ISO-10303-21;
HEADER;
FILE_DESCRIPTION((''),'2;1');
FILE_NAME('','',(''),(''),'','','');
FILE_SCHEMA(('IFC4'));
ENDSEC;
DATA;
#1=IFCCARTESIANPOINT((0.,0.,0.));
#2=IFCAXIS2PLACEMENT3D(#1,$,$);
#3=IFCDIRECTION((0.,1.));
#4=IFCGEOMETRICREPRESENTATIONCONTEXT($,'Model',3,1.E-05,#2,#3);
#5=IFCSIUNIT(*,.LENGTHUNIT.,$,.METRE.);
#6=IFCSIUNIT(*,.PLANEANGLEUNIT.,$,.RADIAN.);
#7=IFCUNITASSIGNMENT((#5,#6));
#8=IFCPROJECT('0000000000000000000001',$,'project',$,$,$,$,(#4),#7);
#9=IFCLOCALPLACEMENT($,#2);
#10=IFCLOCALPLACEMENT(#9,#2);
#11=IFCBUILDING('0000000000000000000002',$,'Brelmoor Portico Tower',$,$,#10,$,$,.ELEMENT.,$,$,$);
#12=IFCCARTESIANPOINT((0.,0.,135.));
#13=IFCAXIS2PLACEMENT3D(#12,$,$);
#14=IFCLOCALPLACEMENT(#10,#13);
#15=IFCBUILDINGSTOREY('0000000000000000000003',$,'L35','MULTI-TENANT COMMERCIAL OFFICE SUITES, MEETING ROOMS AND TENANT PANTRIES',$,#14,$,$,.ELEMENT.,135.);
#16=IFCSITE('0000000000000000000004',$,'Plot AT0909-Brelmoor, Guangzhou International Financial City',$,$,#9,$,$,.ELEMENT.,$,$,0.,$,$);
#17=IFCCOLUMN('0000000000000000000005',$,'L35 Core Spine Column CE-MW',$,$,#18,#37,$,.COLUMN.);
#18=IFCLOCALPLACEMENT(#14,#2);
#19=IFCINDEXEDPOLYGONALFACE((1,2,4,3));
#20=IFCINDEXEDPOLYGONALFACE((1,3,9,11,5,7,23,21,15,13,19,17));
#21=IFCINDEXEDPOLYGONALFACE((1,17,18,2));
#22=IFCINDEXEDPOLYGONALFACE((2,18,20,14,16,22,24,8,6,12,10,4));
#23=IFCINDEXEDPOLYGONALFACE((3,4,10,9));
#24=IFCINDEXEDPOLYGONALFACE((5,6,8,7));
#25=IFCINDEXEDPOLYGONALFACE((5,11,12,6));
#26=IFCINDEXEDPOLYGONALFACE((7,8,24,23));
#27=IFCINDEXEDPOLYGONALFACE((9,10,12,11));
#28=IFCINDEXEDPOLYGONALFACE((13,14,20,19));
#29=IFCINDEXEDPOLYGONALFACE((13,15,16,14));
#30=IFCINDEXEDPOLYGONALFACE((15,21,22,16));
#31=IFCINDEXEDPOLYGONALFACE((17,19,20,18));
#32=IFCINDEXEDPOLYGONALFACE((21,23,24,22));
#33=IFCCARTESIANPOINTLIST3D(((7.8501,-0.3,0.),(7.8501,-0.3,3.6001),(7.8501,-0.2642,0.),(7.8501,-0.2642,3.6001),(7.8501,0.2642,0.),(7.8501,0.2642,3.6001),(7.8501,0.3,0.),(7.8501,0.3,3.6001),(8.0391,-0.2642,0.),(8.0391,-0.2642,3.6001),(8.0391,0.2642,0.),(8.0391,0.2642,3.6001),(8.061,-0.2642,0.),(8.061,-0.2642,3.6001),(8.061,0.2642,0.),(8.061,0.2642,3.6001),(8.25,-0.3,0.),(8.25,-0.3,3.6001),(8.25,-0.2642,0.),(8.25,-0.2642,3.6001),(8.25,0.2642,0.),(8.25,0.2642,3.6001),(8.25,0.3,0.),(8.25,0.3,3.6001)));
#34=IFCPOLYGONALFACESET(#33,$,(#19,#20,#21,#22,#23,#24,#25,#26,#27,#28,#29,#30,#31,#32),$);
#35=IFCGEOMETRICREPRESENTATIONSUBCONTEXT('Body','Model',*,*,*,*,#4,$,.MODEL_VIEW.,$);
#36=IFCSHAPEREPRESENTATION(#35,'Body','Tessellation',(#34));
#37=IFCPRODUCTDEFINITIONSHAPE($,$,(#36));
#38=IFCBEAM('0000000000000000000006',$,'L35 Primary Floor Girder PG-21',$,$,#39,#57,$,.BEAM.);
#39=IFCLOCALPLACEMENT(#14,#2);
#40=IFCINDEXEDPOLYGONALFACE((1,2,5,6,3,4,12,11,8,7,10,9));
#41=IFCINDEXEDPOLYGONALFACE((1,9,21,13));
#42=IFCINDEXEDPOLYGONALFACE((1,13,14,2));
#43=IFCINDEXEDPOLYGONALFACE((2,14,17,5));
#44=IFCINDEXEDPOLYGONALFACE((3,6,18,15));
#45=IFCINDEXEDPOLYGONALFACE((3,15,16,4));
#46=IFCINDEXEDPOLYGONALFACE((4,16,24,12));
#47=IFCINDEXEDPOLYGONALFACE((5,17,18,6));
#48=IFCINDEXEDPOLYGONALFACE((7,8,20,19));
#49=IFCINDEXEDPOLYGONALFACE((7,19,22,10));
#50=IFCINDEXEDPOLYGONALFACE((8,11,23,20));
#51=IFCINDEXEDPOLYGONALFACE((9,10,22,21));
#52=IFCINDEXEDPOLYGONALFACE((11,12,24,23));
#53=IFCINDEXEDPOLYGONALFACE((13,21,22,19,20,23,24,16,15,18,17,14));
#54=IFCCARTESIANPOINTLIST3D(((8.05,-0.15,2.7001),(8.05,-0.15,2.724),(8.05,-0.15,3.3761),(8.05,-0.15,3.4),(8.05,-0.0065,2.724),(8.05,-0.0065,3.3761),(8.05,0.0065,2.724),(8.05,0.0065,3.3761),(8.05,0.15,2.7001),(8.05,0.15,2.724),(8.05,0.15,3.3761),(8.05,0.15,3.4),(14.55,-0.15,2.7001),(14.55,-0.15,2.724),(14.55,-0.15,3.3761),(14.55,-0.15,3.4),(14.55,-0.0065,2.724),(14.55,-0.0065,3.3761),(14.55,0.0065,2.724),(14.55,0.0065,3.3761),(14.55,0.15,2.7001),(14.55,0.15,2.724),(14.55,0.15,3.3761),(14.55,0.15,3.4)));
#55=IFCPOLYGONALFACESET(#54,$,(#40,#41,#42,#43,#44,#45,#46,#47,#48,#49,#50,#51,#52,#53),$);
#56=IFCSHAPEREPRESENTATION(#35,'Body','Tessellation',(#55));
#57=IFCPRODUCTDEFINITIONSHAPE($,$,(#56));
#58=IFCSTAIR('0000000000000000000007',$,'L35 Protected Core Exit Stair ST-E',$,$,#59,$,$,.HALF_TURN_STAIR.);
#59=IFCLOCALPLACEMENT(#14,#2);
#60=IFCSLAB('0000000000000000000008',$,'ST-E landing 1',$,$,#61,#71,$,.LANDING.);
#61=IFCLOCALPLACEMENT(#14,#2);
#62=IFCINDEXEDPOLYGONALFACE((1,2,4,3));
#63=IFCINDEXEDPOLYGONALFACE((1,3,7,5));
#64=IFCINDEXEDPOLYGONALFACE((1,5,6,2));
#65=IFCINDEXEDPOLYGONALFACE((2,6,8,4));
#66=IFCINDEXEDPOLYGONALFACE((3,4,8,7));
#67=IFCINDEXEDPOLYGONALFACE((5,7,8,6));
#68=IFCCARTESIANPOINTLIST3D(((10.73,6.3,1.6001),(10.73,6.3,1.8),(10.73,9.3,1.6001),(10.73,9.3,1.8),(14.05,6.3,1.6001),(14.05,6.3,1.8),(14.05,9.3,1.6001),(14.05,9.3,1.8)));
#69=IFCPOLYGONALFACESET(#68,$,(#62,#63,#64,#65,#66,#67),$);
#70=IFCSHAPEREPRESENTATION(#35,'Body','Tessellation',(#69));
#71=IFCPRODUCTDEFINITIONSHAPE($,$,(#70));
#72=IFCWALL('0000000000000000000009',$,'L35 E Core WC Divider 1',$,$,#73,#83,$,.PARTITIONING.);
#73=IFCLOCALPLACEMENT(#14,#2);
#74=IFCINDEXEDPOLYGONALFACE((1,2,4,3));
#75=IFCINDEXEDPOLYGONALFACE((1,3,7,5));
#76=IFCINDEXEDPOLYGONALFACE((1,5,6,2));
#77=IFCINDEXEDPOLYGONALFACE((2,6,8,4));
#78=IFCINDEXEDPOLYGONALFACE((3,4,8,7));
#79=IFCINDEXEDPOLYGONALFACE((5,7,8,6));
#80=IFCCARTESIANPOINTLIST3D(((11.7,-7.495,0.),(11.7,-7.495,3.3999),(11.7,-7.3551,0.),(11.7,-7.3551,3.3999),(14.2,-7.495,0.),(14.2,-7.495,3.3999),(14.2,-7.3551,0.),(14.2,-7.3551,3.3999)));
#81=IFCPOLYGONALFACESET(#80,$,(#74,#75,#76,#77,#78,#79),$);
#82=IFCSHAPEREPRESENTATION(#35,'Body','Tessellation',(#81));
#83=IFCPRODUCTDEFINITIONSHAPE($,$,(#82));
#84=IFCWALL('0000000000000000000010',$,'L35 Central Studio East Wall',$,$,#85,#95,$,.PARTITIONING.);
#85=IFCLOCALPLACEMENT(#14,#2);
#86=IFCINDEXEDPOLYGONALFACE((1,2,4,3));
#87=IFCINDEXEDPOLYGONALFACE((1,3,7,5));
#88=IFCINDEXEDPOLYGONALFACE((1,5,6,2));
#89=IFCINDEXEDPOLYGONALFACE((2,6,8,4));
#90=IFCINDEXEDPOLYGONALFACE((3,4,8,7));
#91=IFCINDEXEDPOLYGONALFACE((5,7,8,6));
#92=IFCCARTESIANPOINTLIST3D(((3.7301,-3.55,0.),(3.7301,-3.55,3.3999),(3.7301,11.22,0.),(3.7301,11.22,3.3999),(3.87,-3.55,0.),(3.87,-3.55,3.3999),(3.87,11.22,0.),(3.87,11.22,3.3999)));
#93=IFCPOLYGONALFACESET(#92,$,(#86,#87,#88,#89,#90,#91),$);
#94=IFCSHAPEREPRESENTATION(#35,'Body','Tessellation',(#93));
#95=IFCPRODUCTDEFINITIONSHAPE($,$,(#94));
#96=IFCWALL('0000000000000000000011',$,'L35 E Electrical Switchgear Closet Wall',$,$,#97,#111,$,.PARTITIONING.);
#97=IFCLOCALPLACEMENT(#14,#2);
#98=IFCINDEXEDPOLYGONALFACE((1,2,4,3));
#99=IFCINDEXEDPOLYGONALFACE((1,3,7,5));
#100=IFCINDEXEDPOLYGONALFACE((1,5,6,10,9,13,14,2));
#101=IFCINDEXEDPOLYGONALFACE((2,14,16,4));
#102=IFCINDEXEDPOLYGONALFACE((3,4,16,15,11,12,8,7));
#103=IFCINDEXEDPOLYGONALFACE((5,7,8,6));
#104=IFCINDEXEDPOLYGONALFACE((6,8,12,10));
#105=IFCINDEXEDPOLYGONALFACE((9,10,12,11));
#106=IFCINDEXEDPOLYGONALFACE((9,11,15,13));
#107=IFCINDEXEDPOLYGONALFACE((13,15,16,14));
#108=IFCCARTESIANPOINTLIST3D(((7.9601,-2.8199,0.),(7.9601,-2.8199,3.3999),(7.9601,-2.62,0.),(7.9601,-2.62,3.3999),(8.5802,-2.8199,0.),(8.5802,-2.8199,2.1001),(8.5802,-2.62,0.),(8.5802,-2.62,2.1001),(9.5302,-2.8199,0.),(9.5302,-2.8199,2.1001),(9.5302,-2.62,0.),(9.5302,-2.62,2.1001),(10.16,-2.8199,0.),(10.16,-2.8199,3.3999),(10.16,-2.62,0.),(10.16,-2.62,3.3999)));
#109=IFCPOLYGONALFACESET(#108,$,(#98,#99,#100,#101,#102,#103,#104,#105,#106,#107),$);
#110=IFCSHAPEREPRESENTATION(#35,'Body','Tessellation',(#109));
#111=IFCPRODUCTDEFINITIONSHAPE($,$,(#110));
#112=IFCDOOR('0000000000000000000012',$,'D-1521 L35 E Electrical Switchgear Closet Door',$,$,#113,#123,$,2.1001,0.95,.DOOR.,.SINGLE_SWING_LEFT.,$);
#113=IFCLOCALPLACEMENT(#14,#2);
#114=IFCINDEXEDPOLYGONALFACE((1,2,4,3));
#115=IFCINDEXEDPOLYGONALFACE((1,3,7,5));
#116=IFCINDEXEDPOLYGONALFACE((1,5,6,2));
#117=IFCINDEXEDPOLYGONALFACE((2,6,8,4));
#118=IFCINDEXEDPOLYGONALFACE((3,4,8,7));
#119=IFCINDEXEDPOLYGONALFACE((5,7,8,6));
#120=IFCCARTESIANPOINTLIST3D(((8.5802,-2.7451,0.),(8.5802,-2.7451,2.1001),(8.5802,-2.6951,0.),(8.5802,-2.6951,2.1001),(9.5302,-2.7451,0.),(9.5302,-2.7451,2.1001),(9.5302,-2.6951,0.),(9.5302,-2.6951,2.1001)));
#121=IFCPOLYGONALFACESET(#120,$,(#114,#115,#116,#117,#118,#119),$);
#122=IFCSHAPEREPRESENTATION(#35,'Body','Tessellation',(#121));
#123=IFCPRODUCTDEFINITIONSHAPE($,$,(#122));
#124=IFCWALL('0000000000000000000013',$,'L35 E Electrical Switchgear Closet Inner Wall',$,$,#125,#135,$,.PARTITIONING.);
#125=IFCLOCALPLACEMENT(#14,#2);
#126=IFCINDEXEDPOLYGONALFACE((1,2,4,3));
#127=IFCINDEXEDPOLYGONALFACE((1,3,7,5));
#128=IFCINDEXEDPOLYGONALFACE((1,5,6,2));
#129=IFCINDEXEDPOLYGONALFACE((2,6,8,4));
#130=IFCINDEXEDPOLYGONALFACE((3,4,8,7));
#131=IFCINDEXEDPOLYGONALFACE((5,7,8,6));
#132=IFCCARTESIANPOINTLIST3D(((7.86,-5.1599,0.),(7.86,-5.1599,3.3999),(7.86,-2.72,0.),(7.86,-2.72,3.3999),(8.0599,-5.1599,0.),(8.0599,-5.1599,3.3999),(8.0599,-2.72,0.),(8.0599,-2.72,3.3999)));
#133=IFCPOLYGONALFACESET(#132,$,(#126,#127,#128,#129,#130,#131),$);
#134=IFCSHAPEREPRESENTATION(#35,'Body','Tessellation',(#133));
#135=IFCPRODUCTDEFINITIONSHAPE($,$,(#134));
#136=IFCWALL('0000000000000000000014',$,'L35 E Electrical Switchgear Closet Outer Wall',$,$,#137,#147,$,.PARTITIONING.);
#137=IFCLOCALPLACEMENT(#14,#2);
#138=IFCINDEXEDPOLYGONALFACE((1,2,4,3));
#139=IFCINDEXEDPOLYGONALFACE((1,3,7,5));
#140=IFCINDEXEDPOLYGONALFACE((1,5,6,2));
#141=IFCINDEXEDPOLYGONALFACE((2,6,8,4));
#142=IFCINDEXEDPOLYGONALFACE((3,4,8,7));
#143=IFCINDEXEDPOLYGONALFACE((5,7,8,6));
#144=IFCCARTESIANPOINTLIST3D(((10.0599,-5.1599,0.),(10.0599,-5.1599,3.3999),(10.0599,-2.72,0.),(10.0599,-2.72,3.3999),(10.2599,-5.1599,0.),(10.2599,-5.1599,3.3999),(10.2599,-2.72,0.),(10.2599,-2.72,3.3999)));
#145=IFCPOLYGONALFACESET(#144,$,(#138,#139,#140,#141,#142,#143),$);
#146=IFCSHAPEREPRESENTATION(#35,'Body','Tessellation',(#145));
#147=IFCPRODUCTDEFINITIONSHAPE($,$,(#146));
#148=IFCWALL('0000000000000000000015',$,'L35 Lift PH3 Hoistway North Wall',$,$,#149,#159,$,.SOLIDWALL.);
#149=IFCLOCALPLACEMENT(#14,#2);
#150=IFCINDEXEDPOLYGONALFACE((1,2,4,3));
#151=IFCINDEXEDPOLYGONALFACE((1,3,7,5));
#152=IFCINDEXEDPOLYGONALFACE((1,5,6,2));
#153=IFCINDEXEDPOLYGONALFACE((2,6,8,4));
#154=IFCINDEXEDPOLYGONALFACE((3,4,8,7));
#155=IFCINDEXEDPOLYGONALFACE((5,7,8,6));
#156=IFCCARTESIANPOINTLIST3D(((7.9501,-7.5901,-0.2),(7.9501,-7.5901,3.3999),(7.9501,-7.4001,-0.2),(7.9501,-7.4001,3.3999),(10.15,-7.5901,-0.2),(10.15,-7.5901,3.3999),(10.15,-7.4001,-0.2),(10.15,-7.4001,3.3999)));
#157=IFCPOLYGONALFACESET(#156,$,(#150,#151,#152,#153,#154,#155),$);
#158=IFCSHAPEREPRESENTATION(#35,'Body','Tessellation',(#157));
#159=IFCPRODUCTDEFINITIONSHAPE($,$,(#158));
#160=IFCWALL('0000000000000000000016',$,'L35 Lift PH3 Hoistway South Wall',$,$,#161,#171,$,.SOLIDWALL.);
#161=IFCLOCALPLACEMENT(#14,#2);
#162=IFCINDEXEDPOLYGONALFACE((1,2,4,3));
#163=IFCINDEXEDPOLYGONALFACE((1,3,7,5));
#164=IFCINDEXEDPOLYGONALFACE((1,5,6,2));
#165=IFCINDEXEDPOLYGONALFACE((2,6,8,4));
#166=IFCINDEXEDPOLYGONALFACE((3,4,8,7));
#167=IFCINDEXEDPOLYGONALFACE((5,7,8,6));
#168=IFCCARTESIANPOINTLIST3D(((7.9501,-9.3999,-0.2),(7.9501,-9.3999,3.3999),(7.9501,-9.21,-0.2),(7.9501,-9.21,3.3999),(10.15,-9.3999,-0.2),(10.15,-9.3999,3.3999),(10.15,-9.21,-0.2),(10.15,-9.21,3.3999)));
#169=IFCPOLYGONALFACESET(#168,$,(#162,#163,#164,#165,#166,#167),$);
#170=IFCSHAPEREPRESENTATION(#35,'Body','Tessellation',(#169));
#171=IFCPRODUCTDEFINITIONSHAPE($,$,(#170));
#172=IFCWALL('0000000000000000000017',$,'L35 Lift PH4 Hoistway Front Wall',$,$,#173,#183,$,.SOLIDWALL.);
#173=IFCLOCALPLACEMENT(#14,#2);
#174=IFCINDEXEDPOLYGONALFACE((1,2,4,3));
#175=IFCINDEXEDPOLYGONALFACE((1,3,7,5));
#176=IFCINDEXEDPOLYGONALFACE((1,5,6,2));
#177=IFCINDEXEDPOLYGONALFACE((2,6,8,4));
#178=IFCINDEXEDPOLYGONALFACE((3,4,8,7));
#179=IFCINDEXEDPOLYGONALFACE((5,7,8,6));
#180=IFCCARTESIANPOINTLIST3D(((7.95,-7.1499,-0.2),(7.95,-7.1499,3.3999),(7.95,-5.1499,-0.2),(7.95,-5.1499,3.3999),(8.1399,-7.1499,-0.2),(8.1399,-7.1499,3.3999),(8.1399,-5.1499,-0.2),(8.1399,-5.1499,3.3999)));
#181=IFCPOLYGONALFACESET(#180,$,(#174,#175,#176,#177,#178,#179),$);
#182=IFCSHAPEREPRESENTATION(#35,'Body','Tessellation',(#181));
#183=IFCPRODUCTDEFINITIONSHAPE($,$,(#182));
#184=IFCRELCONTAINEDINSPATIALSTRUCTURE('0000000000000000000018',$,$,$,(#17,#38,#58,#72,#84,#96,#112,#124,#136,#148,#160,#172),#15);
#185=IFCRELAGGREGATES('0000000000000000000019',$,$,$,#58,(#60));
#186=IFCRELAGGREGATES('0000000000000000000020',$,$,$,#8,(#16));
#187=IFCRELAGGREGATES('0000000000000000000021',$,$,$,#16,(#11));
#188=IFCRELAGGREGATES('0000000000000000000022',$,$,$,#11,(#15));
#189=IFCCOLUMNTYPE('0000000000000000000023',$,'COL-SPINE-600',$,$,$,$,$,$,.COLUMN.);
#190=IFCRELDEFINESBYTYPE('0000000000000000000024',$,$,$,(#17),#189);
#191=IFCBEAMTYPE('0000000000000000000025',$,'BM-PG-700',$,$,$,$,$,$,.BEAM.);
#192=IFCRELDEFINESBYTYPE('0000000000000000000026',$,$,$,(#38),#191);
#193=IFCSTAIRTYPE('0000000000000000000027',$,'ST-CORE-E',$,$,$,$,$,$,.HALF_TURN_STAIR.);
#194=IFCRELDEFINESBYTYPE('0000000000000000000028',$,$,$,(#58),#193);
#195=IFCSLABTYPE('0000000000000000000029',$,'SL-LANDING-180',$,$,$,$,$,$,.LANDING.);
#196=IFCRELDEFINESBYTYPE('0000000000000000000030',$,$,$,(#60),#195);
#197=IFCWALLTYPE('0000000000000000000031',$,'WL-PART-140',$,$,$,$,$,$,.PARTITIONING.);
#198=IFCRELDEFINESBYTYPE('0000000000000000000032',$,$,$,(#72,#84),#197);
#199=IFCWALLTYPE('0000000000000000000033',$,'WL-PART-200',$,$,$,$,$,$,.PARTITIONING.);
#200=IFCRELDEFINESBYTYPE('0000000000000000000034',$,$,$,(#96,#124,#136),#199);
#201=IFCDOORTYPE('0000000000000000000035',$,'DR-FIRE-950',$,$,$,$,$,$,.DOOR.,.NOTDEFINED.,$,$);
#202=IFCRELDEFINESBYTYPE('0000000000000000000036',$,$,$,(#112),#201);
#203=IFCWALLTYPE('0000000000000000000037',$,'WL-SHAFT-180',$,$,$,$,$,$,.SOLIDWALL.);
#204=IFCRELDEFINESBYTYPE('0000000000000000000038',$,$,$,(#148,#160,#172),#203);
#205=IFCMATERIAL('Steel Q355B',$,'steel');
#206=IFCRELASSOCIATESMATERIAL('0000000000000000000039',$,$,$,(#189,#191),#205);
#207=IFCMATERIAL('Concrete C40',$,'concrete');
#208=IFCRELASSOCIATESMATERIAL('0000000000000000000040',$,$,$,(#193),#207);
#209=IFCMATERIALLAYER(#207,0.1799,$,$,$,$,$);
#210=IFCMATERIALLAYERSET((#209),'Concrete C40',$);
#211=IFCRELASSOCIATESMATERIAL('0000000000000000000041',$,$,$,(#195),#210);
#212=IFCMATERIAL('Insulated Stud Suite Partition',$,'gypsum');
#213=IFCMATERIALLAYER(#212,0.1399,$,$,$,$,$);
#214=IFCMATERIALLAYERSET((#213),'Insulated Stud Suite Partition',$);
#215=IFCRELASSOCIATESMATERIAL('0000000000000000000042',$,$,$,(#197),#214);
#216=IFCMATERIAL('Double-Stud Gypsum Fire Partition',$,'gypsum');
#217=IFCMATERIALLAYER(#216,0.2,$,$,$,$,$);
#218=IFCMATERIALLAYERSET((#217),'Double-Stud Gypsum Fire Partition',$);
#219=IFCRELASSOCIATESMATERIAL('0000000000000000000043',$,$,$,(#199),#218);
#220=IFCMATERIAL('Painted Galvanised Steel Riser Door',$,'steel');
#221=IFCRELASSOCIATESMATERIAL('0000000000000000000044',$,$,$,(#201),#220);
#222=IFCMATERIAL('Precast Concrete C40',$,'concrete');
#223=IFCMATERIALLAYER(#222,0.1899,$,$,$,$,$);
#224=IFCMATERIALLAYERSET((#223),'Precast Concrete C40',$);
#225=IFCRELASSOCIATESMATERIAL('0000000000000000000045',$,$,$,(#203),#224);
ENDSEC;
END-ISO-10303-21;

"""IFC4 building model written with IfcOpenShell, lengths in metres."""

from ifc_helpers import new_model, si_unit, direction, frame, frame_2d, origin, origin_2d, place, context, subcontext, project, spatial, polyline, rectangle, i_section, outline, extrude, material, layer, layer_set, material_profile, profile_set, type_object, element, fill, aggregate, save


model = new_model("IFC4")

# Units and contexts
model_context = context("Model", 3, precision=1e-05, world=origin(), true_north=direction((0.0, 1.0)))
body_context = subcontext(model_context, "Body", "Model", "MODEL_VIEW")
ifc_project = project(units=[si_unit("LENGTHUNIT", "METRE"), si_unit("PLANEANGLEUNIT", "RADIAN")], contexts=[model_context])

# Site, building, storey
site_placement = place(None, origin())
site = spatial("IfcSite", under=ifc_project, at=site_placement, Name="Plot AT0909-Brelmoor, Guangzhou International Financial City", CompositionType="ELEMENT", RefElevation=0.0)
building_placement = place(site_placement, origin())
building = spatial("IfcBuilding", under=site, at=building_placement, Name="Brelmoor Portico Tower", CompositionType="ELEMENT")
storey_placement = place(building_placement, frame((0.0, 0.0, 135.0)))
storey = spatial("IfcBuildingStorey", under=building, at=storey_placement, Name="L35", Description="MULTI-TENANT COMMERCIAL OFFICE SUITES, MEETING ROOMS AND TENANT PANTRIES", CompositionType="ELEMENT", Elevation=135.0)

# Column
ifc_material_1 = material(Name="Steel Q355B", Category="steel")
ifc_material_profile_1 = material_profile(ifc_material_1, i_section(OverallWidth=0.3999, OverallDepth=0.6001, WebThickness=0.022, FlangeThickness=0.0359, at=origin_2d()), Name="HW 600x400x22x36")
ifc_profile_set_1 = profile_set([ifc_material_profile_1], Name="Steel Q355B")
column_type = type_object("IfcColumnType", Name="COL-SPINE-600", PredefinedType="COLUMN", material=ifc_profile_set_1)
column_placement = place(storey_placement, frame((8.05, 0.0, 0.0), z_axis=(0.0, 0.0, 1.0), x_axis=(1.0, 0.0, 0.0)))
element("IfcColumn", 1, at=column_placement, inside=storey, type_object=column_type, Name="L35 Core Spine Column CE-MW", PredefinedType="COLUMN", context=body_context, shape_type="SweptSolid", body=[
    extrude(i_section(OverallWidth=0.3999, OverallDepth=0.6001, WebThickness=0.022, FlangeThickness=0.0359, at=origin_2d()), origin(), (0.0, 0.0, 1.0), 3.6001),
])

# Beam
ifc_material_profile_2 = material_profile(ifc_material_1, i_section(OverallWidth=0.3, OverallDepth=0.7, WebThickness=0.0129, FlangeThickness=0.0239, at=origin_2d()), Name="HN 700x300x13x24")
ifc_profile_set_2 = profile_set([ifc_material_profile_2], Name="Steel Q355B")
beam_type = type_object("IfcBeamType", Name="BM-PG-700", PredefinedType="BEAM", material=ifc_profile_set_2)
beam_placement = place(storey_placement, frame((8.05, 0.0, 3.05), z_axis=(1.0, 0.0, 0.0), x_axis=(0.0, 1.0, 0.0)))
element("IfcBeam", 2, at=beam_placement, inside=storey, type_object=beam_type, Name="L35 Primary Floor Girder PG-21", PredefinedType="BEAM", context=body_context, shape_type="SweptSolid", body=[
    extrude(i_section(OverallWidth=0.3, OverallDepth=0.7, WebThickness=0.0129, FlangeThickness=0.0239, at=origin_2d()), origin(), (0.0, 0.0, 1.0), 6.5),
])

# Stair, slab
ifc_material_2 = material(Name="Concrete C40", Category="concrete")
stair_type = type_object("IfcStairType", Name="ST-CORE-E", PredefinedType="HALF_TURN_STAIR", material=ifc_material_2)
stair_placement = place(storey_placement, origin())
stair = element("IfcStair", 3, at=stair_placement, inside=storey, type_object=stair_type, Name="L35 Protected Core Exit Stair ST-E", PredefinedType="HALF_TURN_STAIR")
ifc_layer_1 = layer(ifc_material_2, 0.1799)
ifc_layer_set_1 = layer_set([ifc_layer_1], Name="Concrete C40")
slab_type = type_object("IfcSlabType", Name="SL-LANDING-180", PredefinedType="LANDING", material=ifc_layer_set_1)
slab_placement = place(storey_placement, frame((0.0, 0.0, 1.6001)))
slab = element("IfcSlab", 4, at=slab_placement, type_object=slab_type, Name="ST-E landing 1", PredefinedType="LANDING", context=body_context, shape_type="SweptSolid", body=[
    extrude(outline(polyline([(14.05, 6.3), (14.05, 9.3), (10.73, 9.3), (10.73, 6.3), (14.05, 6.3)])), origin(), (0.0, 0.0, 1.0), 0.2),
])
aggregate(stair, [slab])

# Walls
ifc_material_3 = material(Name="Insulated Stud Suite Partition", Category="gypsum")
ifc_layer_2 = layer(ifc_material_3, 0.1399)
ifc_layer_set_2 = layer_set([ifc_layer_2], Name="Insulated Stud Suite Partition")
wall_type_1 = type_object("IfcWallType", Name="WL-PART-140", PredefinedType="PARTITIONING", material=ifc_layer_set_2)
wall_1_placement = place(storey_placement, frame((11.7, -7.425, 0.0), z_axis=(0.0, 0.0, 1.0), x_axis=(1.0, 0.0, 0.0)))
element("IfcWall", 5, at=wall_1_placement, inside=storey, type_object=wall_type_1, Name="L35 E Core WC Divider 1", PredefinedType="PARTITIONING", context=body_context, shape_type="SweptSolid", body=[
    extrude(rectangle(XDim=2.5, YDim=0.1399, at=frame_2d((1.25, 0.0))), origin(), (0.0, 0.0, 1.0), 3.3999),
])
wall_2_placement = place(storey_placement, frame((3.8, -3.55, 0.0), z_axis=(0.0, 0.0, 1.0), x_axis=(0.0, 1.0, 0.0)))
element("IfcWall", 6, at=wall_2_placement, inside=storey, type_object=wall_type_1, Name="L35 Central Studio East Wall", PredefinedType="PARTITIONING", context=body_context, shape_type="SweptSolid", body=[
    extrude(rectangle(XDim=14.77, YDim=0.1399, at=frame_2d((7.385, 0.0))), origin(), (0.0, 0.0, 1.0), 3.3999),
])

# Wall, opening, door
ifc_material_4 = material(Name="Double-Stud Gypsum Fire Partition", Category="gypsum")
ifc_layer_3 = layer(ifc_material_4, 0.2)
ifc_layer_set_3 = layer_set([ifc_layer_3], Name="Double-Stud Gypsum Fire Partition")
wall_type_2 = type_object("IfcWallType", Name="WL-PART-200", PredefinedType="PARTITIONING", material=ifc_layer_set_3)
wall_3_placement = place(storey_placement, frame((7.96, -2.72, 0.0), z_axis=(0.0, 0.0, 1.0), x_axis=(1.0, 0.0, 0.0)))
wall_3 = element("IfcWall", 7, at=wall_3_placement, inside=storey, type_object=wall_type_2, Name="L35 E Electrical Switchgear Closet Wall", PredefinedType="PARTITIONING", context=body_context, shape_type="SweptSolid", body=[
    extrude(rectangle(XDim=2.2, YDim=0.2, at=frame_2d((1.1001, 0.0))), origin(), (0.0, 0.0, 1.0), 3.3999),
])
opening_1_placement = place(wall_3_placement, frame((0.6201, 0.0, 0.0)))
opening_1 = element("IfcOpeningElement", 8, at=opening_1_placement, cuts=wall_3, PredefinedType="OPENING", context=body_context, shape_type="SweptSolid", body=[
    extrude(rectangle(XDim=0.95, YDim=2.1001, at=frame_2d((0.4751, 1.05))), frame((0.0, 0.1099, 0.0), z_axis=(0.0, -1.0, 0.0), x_axis=(1.0, 0.0, 0.0)), (0.0, 0.0, 1.0), 0.22),
])
ifc_material_5 = material(Name="Painted Galvanised Steel Riser Door", Category="steel")
door_type_1 = type_object("IfcDoorType", Name="DR-FIRE-950", OperationType="NOTDEFINED", PredefinedType="DOOR", material=ifc_material_5)
door_1_placement = place(opening_1_placement, origin())
door_1 = element("IfcDoor", 9, at=door_1_placement, inside=storey, type_object=door_type_1, Name="D-1521 L35 E Electrical Switchgear Closet Door", OperationType="SINGLE_SWING_LEFT", OverallHeight=2.1001, OverallWidth=0.95, PredefinedType="DOOR", context=body_context, shape_type="SweptSolid", body=[
    extrude(rectangle(XDim=0.95, YDim=2.1001, at=frame_2d((0.4751, 1.05))), frame((0.0, 0.0249, 0.0), z_axis=(0.0, -1.0, 0.0), x_axis=(1.0, 0.0, 0.0)), (0.0, 0.0, 1.0), 0.05),
])
fill(opening_1, door_1)

# Walls
for number, where, z_axis, x_axis, name in (
    (10, (7.96, -5.1599, 0.0), (0.0, 0.0, 1.0), (0.0, 1.0, 0.0), "L35 E Electrical Switchgear Closet Inner Wall"),
    (11, (10.1599, -5.1599, 0.0), (0.0, 0.0, 1.0), (0.0, 1.0, 0.0), "L35 E Electrical Switchgear Closet Outer Wall"),
):
    element("IfcWall", number, at=place(storey_placement, frame(where, z_axis=z_axis, x_axis=x_axis)), inside=storey, type_object=wall_type_2, Name=name, PredefinedType="PARTITIONING", context=body_context, shape_type="SweptSolid", body=[
        extrude(rectangle(XDim=2.4399, YDim=0.2, at=frame_2d((1.22, 0.0))), origin(), (0.0, 0.0, 1.0), 3.3999),
    ])
ifc_material_6 = material(Name="Precast Concrete C40", Category="concrete")
ifc_layer_4 = layer(ifc_material_6, 0.1899)
ifc_layer_set_4 = layer_set([ifc_layer_4], Name="Precast Concrete C40")
wall_type_3 = type_object("IfcWallType", Name="WL-SHAFT-180", PredefinedType="SOLIDWALL", material=ifc_layer_set_4)
for number, where, z_axis, x_axis, name in (
    (12, (7.95, -7.4951, -0.2), (0.0, 0.0, 1.0), (1.0, 0.0, 0.0), "L35 Lift PH3 Hoistway North Wall"),
    (13, (7.95, -9.3049, -0.2), (0.0, 0.0, 1.0), (1.0, 0.0, 0.0), "L35 Lift PH3 Hoistway South Wall"),
):
    element("IfcWall", number, at=place(storey_placement, frame(where, z_axis=z_axis, x_axis=x_axis)), inside=storey, type_object=wall_type_3, Name=name, PredefinedType="SOLIDWALL", context=body_context, shape_type="SweptSolid", body=[
        extrude(rectangle(XDim=2.2, YDim=0.1899, at=frame_2d((1.1001, 0.0))), origin(), (0.0, 0.0, 1.0), 3.5999),
    ])
for number, where, z_axis, x_axis, name in (
    (14, (8.0449, -7.1499, -0.2), (0.0, 0.0, 1.0), (0.0, 1.0, 0.0), "L35 Lift PH4 Hoistway Front Wall"),
):
    element("IfcWall", number, at=place(storey_placement, frame(where, z_axis=z_axis, x_axis=x_axis)), inside=storey, type_object=wall_type_3, Name=name, PredefinedType="SOLIDWALL", context=body_context, shape_type="SweptSolid", body=[
        extrude(rectangle(XDim=2.0, YDim=0.1899, at=frame_2d((1.0, 0.0))), origin(), (0.0, 0.0, 1.0), 3.5999),
    ])

save(model, "model.ifc")
